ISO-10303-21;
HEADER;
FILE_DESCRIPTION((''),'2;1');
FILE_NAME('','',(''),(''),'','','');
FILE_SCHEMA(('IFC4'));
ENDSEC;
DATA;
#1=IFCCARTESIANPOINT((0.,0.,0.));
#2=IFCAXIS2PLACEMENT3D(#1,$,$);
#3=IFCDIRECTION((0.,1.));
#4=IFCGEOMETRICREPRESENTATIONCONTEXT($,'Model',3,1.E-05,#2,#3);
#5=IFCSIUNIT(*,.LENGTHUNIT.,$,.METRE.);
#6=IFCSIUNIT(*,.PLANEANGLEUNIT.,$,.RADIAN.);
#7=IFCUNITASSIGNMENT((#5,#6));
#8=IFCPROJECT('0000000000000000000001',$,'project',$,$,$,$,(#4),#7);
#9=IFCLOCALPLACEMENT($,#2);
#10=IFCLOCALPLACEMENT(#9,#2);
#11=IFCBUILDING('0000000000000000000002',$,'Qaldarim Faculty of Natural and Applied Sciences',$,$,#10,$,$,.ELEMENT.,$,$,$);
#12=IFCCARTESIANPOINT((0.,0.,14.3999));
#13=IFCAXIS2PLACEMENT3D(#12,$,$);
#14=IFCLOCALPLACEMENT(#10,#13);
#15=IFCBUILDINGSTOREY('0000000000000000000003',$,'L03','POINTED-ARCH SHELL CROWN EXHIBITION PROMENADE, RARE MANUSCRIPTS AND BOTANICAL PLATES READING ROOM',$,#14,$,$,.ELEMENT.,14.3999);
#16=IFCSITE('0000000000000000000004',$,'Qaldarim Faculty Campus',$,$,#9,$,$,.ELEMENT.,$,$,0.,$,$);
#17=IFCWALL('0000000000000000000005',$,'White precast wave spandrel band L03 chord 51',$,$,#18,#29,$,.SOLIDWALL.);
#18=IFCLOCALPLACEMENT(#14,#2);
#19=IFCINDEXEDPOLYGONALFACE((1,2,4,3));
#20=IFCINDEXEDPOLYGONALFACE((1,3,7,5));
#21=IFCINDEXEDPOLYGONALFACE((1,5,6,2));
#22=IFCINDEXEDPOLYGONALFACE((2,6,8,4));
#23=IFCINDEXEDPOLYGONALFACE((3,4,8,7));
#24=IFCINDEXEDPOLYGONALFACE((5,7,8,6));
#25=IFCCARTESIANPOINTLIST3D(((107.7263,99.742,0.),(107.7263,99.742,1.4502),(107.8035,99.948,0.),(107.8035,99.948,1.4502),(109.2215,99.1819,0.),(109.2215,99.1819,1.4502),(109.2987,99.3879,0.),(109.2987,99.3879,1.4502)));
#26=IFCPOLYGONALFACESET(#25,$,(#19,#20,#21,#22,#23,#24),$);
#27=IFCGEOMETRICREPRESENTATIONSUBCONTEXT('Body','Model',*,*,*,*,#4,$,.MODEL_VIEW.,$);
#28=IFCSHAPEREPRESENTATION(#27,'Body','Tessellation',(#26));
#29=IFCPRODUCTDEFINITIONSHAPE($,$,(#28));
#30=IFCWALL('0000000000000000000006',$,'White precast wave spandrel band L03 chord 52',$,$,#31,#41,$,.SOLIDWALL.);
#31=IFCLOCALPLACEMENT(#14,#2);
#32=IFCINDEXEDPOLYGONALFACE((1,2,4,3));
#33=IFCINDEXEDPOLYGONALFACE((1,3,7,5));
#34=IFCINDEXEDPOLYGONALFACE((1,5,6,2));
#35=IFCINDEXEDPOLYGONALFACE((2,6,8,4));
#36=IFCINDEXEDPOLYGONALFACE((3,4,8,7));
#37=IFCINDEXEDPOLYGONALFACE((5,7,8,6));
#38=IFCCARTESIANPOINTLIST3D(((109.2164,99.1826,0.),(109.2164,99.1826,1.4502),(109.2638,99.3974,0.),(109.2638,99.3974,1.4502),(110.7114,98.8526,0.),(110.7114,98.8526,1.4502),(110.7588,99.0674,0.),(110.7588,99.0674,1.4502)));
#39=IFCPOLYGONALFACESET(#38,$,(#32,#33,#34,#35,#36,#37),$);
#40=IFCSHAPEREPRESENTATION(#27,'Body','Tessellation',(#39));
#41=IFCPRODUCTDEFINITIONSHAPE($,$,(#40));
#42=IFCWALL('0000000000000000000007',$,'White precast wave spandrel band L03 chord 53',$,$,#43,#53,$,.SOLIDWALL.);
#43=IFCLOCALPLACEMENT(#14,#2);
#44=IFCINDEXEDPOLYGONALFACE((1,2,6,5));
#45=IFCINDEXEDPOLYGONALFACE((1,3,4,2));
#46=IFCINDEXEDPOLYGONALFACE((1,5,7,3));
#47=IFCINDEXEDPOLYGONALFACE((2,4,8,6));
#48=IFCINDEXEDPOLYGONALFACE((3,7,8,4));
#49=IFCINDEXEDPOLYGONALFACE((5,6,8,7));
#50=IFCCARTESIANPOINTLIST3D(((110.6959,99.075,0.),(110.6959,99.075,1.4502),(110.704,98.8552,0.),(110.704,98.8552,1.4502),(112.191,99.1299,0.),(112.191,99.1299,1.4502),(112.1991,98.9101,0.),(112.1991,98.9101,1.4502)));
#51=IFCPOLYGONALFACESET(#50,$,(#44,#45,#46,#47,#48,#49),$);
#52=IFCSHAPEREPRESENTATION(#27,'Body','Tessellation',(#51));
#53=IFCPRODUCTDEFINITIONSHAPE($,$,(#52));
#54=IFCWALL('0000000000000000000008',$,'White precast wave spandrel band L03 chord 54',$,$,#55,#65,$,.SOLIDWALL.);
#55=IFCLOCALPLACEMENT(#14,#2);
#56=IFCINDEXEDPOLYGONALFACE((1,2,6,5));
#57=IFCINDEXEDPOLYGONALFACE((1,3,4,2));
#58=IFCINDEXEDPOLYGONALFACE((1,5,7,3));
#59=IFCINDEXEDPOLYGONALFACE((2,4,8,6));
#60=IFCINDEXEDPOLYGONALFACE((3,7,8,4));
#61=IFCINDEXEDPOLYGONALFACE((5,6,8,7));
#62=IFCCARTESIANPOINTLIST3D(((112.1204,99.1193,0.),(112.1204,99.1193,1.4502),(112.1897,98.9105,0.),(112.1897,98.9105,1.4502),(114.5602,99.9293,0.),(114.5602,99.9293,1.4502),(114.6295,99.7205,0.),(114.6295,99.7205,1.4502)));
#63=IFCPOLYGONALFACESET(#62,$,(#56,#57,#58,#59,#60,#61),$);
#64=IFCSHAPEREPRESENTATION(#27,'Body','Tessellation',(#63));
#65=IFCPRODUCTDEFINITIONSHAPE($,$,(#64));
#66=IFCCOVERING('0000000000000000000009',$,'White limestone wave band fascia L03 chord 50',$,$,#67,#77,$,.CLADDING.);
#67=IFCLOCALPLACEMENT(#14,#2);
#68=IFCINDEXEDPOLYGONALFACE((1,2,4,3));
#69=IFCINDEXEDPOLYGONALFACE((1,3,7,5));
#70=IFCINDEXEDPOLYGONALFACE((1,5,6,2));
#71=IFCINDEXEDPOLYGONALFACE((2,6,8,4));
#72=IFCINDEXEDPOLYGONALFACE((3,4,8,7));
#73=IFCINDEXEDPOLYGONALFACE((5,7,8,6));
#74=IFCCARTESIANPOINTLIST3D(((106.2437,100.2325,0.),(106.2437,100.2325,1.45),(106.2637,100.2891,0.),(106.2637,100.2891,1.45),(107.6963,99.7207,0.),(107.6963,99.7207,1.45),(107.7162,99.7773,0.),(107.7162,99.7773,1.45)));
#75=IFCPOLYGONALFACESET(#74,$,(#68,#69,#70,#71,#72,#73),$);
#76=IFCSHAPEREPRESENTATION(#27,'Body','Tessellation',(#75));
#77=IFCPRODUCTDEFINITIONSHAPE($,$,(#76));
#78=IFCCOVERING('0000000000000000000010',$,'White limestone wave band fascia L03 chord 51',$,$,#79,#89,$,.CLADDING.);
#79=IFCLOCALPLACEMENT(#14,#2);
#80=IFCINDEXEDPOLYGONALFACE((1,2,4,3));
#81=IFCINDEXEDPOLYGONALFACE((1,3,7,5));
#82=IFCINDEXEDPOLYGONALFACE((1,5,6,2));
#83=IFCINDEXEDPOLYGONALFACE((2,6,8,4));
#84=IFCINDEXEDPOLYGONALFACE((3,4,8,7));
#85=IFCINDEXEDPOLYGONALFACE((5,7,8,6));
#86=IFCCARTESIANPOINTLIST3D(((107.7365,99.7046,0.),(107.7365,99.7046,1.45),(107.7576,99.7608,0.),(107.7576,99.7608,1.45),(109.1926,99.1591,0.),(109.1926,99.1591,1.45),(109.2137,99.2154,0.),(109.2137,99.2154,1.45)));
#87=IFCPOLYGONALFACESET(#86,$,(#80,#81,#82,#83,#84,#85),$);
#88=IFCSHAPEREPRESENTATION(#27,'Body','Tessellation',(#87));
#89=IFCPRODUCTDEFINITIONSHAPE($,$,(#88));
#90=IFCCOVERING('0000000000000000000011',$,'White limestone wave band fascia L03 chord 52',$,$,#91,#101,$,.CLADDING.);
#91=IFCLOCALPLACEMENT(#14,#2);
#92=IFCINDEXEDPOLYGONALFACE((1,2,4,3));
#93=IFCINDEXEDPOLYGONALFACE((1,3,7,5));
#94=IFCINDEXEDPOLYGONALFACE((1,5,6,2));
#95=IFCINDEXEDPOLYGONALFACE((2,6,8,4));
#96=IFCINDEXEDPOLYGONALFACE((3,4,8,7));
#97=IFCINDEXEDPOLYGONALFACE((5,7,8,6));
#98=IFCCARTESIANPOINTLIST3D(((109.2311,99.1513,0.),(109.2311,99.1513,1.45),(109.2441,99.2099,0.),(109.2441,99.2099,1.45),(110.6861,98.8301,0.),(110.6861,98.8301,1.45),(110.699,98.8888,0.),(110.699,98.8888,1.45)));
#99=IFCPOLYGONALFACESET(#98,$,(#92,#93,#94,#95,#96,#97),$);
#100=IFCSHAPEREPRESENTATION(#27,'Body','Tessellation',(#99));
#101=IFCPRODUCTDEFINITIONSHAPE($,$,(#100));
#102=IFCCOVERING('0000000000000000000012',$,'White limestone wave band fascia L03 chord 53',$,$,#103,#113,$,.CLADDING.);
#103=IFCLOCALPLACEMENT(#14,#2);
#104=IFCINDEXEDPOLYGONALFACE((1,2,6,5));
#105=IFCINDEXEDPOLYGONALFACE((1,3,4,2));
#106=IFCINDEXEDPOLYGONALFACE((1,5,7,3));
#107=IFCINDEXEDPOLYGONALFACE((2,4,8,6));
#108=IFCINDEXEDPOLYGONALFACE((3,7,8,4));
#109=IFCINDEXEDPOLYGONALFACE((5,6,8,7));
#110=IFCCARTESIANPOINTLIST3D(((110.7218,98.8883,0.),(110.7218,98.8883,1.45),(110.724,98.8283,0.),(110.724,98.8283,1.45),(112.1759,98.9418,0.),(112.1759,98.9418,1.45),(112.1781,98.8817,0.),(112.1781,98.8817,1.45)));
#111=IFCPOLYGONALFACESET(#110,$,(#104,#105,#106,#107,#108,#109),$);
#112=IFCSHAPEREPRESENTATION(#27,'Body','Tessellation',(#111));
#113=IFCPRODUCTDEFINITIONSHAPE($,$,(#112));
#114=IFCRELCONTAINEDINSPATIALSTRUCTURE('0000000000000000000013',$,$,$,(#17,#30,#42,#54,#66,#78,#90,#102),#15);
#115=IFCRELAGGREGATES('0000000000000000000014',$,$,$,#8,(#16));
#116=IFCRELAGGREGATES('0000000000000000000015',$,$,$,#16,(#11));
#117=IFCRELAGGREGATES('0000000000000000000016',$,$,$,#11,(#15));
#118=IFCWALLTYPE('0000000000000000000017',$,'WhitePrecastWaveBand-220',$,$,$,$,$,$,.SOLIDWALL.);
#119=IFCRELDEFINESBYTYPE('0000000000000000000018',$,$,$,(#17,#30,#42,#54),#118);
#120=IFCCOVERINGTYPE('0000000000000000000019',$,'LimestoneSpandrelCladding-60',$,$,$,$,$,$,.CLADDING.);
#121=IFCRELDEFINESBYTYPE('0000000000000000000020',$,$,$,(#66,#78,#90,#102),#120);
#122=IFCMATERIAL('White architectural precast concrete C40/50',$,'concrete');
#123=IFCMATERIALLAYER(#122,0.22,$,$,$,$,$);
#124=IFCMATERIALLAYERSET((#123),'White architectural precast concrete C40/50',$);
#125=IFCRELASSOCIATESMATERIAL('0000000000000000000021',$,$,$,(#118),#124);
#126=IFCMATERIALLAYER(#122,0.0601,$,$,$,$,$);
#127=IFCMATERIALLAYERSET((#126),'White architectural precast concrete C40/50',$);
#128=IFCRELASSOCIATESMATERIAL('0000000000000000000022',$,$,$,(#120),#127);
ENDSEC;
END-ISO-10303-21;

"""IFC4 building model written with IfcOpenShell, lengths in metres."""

from ifc_helpers import new_model, si_unit, direction, frame, frame_2d, origin, origin_2d, place, context, subcontext, project, spatial, rectangle, extrude, material, layer, layer_set, type_object, element, save


model = new_model("IFC4")

# Units and contexts
model_context = context("Model", 3, precision=1e-05, world=origin(), true_north=direction((0.0, 1.0)))
body_context = subcontext(model_context, "Body", "Model", "MODEL_VIEW")
ifc_project = project(units=[si_unit("LENGTHUNIT", "METRE"), si_unit("PLANEANGLEUNIT", "RADIAN")], contexts=[model_context])

# Site, building, storey
site_placement = place(None, origin())
site = spatial("IfcSite", under=ifc_project, at=site_placement, Name="Qaldarim Faculty Campus", CompositionType="ELEMENT", RefElevation=0.0)
building_placement = place(site_placement, origin())
building = spatial("IfcBuilding", under=site, at=building_placement, Name="Qaldarim Faculty of Natural and Applied Sciences", CompositionType="ELEMENT")
storey_placement = place(building_placement, frame((0.0, 0.0, 14.3999)))
storey = spatial("IfcBuildingStorey", under=building, at=storey_placement, Name="L03", Description="POINTED-ARCH SHELL CROWN EXHIBITION PROMENADE, RARE MANUSCRIPTS AND BOTANICAL PLATES READING ROOM", CompositionType="ELEMENT", Elevation=14.3999)

# Walls
ifc_material_1 = material(Name="White architectural precast concrete C40/50", Category="concrete")
ifc_layer_1 = layer(ifc_material_1, 0.22)
ifc_layer_set_1 = layer_set([ifc_layer_1], Name="White architectural precast concrete C40/50")
wall_type = type_object("IfcWallType", Name="WhitePrecastWaveBand-220", PredefinedType="SOLIDWALL", material=ifc_layer_set_1)
wall_1_placement = place(storey_placement, frame((107.7649, 99.845, 0.0), z_axis=(0.0, 0.0, 1.0), x_axis=(0.936455, -0.350788, 0.0)))
element("IfcWall", 1, at=wall_1_placement, inside=storey, type_object=wall_type, Name="White precast wave spandrel band L03 chord 51", PredefinedType="SOLIDWALL", context=body_context, shape_type="SweptSolid", body=[
    extrude(rectangle(XDim=1.5967, YDim=0.22, at=frame_2d((0.7983, 0.0))), origin(), (0.0, 0.0, 1.0), 1.4502),
])
wall_2_placement = place(storey_placement, frame((109.24, 99.29, 0.0), z_axis=(0.0, 0.0, 1.0), x_axis=(0.976486, -0.21558, 0.0)))
element("IfcWall", 2, at=wall_2_placement, inside=storey, type_object=wall_type, Name="White precast wave spandrel band L03 chord 52", PredefinedType="SOLIDWALL", context=body_context, shape_type="SweptSolid", body=[
    extrude(rectangle(XDim=1.531, YDim=0.22, at=frame_2d((0.7656, 0.0))), origin(), (0.0, 0.0, 1.0), 1.4502),
])
wall_3_placement = place(storey_placement, frame((110.7, 98.9651, 0.0), z_axis=(0.0, 0.0, 1.0), x_axis=(0.999326, 0.036716, 0.0)))
element("IfcWall", 3, at=wall_3_placement, inside=storey, type_object=wall_type, Name="White precast wave spandrel band L03 chord 53", PredefinedType="SOLIDWALL", context=body_context, shape_type="SweptSolid", body=[
    extrude(rectangle(XDim=1.4961, YDim=0.22, at=frame_2d((0.748, 0.0))), origin(), (0.0, 0.0, 1.0), 1.4502),
])
wall_4_placement = place(storey_placement, frame((112.155, 99.0149, 0.0), z_axis=(0.0, 0.0, 1.0), x_axis=(0.949062, 0.315088, 0.0)))
element("IfcWall", 4, at=wall_4_placement, inside=storey, type_object=wall_type, Name="White precast wave spandrel band L03 chord 54", PredefinedType="SOLIDWALL", context=body_context, shape_type="SweptSolid", body=[
    extrude(rectangle(XDim=2.5708, YDim=0.22, at=frame_2d((1.2854, 0.0))), origin(), (0.0, 0.0, 1.0), 1.4502),
])

# Coverings
ifc_layer_2 = layer(ifc_material_1, 0.0601)
ifc_layer_set_2 = layer_set([ifc_layer_2], Name="White architectural precast concrete C40/50")
covering_type = type_object("IfcCoveringType", Name="LimestoneSpandrelCladding-60", PredefinedType="CLADDING", material=ifc_layer_set_2)
covering_1_placement = place(storey_placement, frame((106.98, 100.0049, 0.0), z_axis=(0.0, 0.0, 1.0), x_axis=(0.943165, -0.332326, 0.0)))
element("IfcCovering", 5, at=covering_1_placement, inside=storey, type_object=covering_type, Name="White limestone wave band fascia L03 chord 50", PredefinedType="CLADDING", context=body_context, shape_type="SweptSolid", body=[
    extrude(rectangle(XDim=1.54, YDim=0.0601, at=origin_2d()), origin(), (0.0, 0.0, 1.0), 1.45),
])
covering_2_placement = place(storey_placement, frame((108.4751, 99.46, 0.0), z_axis=(0.0, 0.0, 1.0), x_axis=(0.936458, -0.350779, 0.0)))
element("IfcCovering", 6, at=covering_2_placement, inside=storey, type_object=covering_type, Name="White limestone wave band fascia L03 chord 51", PredefinedType="CLADDING", context=body_context, shape_type="SweptSolid", body=[
    extrude(rectangle(XDim=1.5549, YDim=0.0601, at=origin_2d()), origin(), (0.0, 0.0, 1.0), 1.45),
])
covering_3_placement = place(storey_placement, frame((109.9651, 99.02, 0.0), z_axis=(0.0, 0.0, 1.0), x_axis=(0.976492, -0.215553, 0.0)))
element("IfcCovering", 7, at=covering_3_placement, inside=storey, type_object=covering_type, Name="White limestone wave band fascia L03 chord 52", PredefinedType="CLADDING", context=body_context, shape_type="SweptSolid", body=[
    extrude(rectangle(XDim=1.49, YDim=0.0601, at=origin_2d()), origin(), (0.0, 0.0, 1.0), 1.45),
])
covering_4_placement = place(storey_placement, frame((111.45, 98.885, 0.0), z_axis=(0.0, 0.0, 1.0), x_axis=(0.999324, 0.036766, 0.0)))
element("IfcCovering", 8, at=covering_4_placement, inside=storey, type_object=covering_type, Name="White limestone wave band fascia L03 chord 53", PredefinedType="CLADDING", context=body_context, shape_type="SweptSolid", body=[
    extrude(rectangle(XDim=1.4551, YDim=0.0601, at=origin_2d()), origin(), (0.0, 0.0, 1.0), 1.45),
])

save(model, "model.ifc")
